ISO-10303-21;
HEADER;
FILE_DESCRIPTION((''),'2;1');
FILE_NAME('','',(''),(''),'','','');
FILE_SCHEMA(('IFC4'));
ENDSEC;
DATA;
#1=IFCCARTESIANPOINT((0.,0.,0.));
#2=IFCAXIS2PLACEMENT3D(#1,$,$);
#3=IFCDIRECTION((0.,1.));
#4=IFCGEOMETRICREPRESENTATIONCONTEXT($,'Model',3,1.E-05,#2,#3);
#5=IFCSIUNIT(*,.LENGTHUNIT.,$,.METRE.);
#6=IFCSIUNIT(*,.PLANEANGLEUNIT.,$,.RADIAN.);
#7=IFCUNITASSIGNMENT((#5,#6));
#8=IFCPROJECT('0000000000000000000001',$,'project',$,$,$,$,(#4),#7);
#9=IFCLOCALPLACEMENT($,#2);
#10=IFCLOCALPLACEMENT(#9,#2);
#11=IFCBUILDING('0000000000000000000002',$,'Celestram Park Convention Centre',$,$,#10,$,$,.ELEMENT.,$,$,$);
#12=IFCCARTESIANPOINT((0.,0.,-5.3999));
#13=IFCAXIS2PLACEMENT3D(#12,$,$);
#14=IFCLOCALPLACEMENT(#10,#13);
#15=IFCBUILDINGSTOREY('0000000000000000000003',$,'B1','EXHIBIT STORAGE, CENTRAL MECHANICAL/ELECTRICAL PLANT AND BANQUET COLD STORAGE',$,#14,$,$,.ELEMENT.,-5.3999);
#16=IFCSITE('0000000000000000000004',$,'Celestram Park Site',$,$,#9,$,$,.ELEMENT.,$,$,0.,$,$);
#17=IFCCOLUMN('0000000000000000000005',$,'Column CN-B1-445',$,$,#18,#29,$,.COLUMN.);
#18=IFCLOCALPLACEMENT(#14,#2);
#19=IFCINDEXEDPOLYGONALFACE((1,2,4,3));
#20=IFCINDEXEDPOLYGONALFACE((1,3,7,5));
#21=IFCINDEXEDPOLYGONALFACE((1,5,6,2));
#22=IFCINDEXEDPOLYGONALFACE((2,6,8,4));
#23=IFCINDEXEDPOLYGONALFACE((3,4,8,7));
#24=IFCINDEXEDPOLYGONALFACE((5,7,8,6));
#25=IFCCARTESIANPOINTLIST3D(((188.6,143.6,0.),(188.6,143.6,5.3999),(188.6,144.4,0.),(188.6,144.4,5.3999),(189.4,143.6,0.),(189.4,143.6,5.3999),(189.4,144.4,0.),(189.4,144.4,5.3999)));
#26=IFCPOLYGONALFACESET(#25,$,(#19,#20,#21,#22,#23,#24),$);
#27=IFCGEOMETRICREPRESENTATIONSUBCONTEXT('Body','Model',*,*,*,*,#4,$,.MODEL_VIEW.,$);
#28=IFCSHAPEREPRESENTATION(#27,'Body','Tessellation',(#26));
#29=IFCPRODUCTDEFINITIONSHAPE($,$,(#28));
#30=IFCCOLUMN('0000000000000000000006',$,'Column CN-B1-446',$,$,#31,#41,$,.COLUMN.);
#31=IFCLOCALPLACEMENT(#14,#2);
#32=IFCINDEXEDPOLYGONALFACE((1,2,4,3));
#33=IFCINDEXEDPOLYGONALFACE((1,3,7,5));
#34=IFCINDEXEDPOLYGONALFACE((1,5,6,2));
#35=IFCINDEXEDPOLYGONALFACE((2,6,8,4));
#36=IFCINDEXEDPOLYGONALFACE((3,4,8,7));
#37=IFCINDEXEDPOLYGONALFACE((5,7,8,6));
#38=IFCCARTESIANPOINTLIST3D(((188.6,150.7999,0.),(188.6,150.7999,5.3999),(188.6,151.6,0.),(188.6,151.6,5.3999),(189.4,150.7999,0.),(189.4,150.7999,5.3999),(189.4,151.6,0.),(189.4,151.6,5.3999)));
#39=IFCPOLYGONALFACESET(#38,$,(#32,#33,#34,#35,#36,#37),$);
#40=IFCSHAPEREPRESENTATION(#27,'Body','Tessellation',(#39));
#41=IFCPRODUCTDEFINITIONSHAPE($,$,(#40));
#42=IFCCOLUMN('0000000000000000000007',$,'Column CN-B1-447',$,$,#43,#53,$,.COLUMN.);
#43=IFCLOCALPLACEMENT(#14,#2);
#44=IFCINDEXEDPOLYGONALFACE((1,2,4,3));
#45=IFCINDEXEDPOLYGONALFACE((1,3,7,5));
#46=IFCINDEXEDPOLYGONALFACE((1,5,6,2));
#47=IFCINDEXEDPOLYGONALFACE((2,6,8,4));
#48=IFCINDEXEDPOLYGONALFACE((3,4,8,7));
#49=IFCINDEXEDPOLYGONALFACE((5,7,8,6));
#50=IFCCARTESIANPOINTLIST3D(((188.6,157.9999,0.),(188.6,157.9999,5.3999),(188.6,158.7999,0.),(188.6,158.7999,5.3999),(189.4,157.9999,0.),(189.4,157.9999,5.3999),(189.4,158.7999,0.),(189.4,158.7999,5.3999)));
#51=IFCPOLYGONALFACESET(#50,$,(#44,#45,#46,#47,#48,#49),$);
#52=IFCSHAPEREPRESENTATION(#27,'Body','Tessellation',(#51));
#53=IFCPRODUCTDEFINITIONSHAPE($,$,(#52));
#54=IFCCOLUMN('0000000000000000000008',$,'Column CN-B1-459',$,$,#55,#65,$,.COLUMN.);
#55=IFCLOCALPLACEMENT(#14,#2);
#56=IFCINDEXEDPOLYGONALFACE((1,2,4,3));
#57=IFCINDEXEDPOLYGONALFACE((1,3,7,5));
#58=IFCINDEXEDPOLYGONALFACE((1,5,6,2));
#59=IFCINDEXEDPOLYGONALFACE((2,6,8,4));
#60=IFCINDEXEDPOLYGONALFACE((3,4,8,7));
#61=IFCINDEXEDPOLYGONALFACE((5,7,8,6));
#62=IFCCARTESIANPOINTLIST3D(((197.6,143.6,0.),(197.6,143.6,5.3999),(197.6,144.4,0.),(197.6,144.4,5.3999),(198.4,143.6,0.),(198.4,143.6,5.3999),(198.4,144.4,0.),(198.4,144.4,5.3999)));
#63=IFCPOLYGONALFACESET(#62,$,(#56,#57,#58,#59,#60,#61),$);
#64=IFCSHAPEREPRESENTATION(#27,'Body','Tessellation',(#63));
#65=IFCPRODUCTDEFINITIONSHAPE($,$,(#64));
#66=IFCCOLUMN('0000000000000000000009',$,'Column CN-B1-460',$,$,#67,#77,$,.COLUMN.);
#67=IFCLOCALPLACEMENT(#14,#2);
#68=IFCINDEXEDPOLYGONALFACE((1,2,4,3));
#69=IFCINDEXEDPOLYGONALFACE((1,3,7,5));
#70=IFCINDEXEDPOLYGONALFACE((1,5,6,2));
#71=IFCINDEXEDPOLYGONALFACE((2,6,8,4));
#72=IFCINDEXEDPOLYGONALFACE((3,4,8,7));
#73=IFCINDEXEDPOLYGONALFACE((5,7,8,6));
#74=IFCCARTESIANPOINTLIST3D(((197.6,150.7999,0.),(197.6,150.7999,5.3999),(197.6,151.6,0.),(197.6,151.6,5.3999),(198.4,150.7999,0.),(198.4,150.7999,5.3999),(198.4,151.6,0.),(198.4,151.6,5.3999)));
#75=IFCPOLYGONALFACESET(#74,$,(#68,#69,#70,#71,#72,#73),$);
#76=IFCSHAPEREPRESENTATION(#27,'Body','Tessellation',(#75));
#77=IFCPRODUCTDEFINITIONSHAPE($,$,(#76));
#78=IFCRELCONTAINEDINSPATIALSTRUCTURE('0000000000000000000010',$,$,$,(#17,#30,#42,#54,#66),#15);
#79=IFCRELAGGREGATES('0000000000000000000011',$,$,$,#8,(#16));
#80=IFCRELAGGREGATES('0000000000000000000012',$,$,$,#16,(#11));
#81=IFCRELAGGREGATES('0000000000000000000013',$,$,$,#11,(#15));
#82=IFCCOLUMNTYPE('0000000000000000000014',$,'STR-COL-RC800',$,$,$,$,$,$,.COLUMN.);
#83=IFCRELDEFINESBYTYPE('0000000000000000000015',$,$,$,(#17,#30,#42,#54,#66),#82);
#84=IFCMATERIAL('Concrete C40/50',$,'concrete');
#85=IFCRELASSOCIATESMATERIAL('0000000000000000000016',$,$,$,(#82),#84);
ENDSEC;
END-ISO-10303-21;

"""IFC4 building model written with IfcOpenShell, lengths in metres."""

from ifc_helpers import new_model, si_unit, direction, frame, origin, origin_2d, place, context, subcontext, project, spatial, rectangle, extrude, material, material_profile, profile_set, type_object, element, save


model = new_model("IFC4")

# Units and contexts
model_context = context("Model", 3, precision=1e-05, world=origin(), true_north=direction((0.0, 1.0)))
body_context = subcontext(model_context, "Body", "Model", "MODEL_VIEW")
ifc_project = project(units=[si_unit("LENGTHUNIT", "METRE"), si_unit("PLANEANGLEUNIT", "RADIAN")], contexts=[model_context])

# Site, building, storey
site_placement = place(None, origin())
site = spatial("IfcSite", under=ifc_project, at=site_placement, Name="Celestram Park Site", CompositionType="ELEMENT", RefElevation=0.0)
building_placement = place(site_placement, origin())
building = spatial("IfcBuilding", under=site, at=building_placement, Name="Celestram Park Convention Centre", CompositionType="ELEMENT")
storey_placement = place(building_placement, frame((0.0, 0.0, -5.3999)))
storey = spatial("IfcBuildingStorey", under=building, at=storey_placement, Name="B1", Description="EXHIBIT STORAGE, CENTRAL MECHANICAL/ELECTRICAL PLANT AND BANQUET COLD STORAGE", CompositionType="ELEMENT", Elevation=-5.3999)

# Shared definitions
ifc_material_1 = material(Name="Concrete C40/50", Category="concrete")

# Columns
ifc_material_profile_1 = material_profile(ifc_material_1, rectangle(XDim=0.8, YDim=0.8, at=origin_2d()), Name="RC800X800")
ifc_profile_set_1 = profile_set([ifc_material_profile_1], Name="Concrete C40/50")
column_type = type_object("IfcColumnType", Name="STR-COL-RC800", PredefinedType="COLUMN", material=ifc_profile_set_1)
for number, where, z_axis, x_axis, name in (
    (1, (189.0, 144.0, 0.0), (0.0, 0.0, 1.0), (1.0, 0.0, 0.0), "Column CN-B1-445"),
    (2, (189.0, 151.2, 0.0), (0.0, 0.0, 1.0), (1.0, 0.0, 0.0), "Column CN-B1-446"),
    (3, (189.0, 158.3999, 0.0), (0.0, 0.0, 1.0), (1.0, 0.0, 0.0), "Column CN-B1-447"),
    (4, (198.0, 144.0, 0.0), (0.0, 0.0, 1.0), (1.0, 0.0, 0.0), "Column CN-B1-459"),
    (5, (198.0, 151.2, 0.0), (0.0, 0.0, 1.0), (1.0, 0.0, 0.0), "Column CN-B1-460"),
):
    element("IfcColumn", number, at=place(storey_placement, frame(where, z_axis=z_axis, x_axis=x_axis)), inside=storey, type_object=column_type, Name=name, PredefinedType="COLUMN", context=body_context, shape_type="SweptSolid", body=[
        extrude(rectangle(XDim=0.8, YDim=0.8, at=origin_2d()), origin(), (0.0, 0.0, 1.0), 5.3999),
    ])

save(model, "model.ifc")
